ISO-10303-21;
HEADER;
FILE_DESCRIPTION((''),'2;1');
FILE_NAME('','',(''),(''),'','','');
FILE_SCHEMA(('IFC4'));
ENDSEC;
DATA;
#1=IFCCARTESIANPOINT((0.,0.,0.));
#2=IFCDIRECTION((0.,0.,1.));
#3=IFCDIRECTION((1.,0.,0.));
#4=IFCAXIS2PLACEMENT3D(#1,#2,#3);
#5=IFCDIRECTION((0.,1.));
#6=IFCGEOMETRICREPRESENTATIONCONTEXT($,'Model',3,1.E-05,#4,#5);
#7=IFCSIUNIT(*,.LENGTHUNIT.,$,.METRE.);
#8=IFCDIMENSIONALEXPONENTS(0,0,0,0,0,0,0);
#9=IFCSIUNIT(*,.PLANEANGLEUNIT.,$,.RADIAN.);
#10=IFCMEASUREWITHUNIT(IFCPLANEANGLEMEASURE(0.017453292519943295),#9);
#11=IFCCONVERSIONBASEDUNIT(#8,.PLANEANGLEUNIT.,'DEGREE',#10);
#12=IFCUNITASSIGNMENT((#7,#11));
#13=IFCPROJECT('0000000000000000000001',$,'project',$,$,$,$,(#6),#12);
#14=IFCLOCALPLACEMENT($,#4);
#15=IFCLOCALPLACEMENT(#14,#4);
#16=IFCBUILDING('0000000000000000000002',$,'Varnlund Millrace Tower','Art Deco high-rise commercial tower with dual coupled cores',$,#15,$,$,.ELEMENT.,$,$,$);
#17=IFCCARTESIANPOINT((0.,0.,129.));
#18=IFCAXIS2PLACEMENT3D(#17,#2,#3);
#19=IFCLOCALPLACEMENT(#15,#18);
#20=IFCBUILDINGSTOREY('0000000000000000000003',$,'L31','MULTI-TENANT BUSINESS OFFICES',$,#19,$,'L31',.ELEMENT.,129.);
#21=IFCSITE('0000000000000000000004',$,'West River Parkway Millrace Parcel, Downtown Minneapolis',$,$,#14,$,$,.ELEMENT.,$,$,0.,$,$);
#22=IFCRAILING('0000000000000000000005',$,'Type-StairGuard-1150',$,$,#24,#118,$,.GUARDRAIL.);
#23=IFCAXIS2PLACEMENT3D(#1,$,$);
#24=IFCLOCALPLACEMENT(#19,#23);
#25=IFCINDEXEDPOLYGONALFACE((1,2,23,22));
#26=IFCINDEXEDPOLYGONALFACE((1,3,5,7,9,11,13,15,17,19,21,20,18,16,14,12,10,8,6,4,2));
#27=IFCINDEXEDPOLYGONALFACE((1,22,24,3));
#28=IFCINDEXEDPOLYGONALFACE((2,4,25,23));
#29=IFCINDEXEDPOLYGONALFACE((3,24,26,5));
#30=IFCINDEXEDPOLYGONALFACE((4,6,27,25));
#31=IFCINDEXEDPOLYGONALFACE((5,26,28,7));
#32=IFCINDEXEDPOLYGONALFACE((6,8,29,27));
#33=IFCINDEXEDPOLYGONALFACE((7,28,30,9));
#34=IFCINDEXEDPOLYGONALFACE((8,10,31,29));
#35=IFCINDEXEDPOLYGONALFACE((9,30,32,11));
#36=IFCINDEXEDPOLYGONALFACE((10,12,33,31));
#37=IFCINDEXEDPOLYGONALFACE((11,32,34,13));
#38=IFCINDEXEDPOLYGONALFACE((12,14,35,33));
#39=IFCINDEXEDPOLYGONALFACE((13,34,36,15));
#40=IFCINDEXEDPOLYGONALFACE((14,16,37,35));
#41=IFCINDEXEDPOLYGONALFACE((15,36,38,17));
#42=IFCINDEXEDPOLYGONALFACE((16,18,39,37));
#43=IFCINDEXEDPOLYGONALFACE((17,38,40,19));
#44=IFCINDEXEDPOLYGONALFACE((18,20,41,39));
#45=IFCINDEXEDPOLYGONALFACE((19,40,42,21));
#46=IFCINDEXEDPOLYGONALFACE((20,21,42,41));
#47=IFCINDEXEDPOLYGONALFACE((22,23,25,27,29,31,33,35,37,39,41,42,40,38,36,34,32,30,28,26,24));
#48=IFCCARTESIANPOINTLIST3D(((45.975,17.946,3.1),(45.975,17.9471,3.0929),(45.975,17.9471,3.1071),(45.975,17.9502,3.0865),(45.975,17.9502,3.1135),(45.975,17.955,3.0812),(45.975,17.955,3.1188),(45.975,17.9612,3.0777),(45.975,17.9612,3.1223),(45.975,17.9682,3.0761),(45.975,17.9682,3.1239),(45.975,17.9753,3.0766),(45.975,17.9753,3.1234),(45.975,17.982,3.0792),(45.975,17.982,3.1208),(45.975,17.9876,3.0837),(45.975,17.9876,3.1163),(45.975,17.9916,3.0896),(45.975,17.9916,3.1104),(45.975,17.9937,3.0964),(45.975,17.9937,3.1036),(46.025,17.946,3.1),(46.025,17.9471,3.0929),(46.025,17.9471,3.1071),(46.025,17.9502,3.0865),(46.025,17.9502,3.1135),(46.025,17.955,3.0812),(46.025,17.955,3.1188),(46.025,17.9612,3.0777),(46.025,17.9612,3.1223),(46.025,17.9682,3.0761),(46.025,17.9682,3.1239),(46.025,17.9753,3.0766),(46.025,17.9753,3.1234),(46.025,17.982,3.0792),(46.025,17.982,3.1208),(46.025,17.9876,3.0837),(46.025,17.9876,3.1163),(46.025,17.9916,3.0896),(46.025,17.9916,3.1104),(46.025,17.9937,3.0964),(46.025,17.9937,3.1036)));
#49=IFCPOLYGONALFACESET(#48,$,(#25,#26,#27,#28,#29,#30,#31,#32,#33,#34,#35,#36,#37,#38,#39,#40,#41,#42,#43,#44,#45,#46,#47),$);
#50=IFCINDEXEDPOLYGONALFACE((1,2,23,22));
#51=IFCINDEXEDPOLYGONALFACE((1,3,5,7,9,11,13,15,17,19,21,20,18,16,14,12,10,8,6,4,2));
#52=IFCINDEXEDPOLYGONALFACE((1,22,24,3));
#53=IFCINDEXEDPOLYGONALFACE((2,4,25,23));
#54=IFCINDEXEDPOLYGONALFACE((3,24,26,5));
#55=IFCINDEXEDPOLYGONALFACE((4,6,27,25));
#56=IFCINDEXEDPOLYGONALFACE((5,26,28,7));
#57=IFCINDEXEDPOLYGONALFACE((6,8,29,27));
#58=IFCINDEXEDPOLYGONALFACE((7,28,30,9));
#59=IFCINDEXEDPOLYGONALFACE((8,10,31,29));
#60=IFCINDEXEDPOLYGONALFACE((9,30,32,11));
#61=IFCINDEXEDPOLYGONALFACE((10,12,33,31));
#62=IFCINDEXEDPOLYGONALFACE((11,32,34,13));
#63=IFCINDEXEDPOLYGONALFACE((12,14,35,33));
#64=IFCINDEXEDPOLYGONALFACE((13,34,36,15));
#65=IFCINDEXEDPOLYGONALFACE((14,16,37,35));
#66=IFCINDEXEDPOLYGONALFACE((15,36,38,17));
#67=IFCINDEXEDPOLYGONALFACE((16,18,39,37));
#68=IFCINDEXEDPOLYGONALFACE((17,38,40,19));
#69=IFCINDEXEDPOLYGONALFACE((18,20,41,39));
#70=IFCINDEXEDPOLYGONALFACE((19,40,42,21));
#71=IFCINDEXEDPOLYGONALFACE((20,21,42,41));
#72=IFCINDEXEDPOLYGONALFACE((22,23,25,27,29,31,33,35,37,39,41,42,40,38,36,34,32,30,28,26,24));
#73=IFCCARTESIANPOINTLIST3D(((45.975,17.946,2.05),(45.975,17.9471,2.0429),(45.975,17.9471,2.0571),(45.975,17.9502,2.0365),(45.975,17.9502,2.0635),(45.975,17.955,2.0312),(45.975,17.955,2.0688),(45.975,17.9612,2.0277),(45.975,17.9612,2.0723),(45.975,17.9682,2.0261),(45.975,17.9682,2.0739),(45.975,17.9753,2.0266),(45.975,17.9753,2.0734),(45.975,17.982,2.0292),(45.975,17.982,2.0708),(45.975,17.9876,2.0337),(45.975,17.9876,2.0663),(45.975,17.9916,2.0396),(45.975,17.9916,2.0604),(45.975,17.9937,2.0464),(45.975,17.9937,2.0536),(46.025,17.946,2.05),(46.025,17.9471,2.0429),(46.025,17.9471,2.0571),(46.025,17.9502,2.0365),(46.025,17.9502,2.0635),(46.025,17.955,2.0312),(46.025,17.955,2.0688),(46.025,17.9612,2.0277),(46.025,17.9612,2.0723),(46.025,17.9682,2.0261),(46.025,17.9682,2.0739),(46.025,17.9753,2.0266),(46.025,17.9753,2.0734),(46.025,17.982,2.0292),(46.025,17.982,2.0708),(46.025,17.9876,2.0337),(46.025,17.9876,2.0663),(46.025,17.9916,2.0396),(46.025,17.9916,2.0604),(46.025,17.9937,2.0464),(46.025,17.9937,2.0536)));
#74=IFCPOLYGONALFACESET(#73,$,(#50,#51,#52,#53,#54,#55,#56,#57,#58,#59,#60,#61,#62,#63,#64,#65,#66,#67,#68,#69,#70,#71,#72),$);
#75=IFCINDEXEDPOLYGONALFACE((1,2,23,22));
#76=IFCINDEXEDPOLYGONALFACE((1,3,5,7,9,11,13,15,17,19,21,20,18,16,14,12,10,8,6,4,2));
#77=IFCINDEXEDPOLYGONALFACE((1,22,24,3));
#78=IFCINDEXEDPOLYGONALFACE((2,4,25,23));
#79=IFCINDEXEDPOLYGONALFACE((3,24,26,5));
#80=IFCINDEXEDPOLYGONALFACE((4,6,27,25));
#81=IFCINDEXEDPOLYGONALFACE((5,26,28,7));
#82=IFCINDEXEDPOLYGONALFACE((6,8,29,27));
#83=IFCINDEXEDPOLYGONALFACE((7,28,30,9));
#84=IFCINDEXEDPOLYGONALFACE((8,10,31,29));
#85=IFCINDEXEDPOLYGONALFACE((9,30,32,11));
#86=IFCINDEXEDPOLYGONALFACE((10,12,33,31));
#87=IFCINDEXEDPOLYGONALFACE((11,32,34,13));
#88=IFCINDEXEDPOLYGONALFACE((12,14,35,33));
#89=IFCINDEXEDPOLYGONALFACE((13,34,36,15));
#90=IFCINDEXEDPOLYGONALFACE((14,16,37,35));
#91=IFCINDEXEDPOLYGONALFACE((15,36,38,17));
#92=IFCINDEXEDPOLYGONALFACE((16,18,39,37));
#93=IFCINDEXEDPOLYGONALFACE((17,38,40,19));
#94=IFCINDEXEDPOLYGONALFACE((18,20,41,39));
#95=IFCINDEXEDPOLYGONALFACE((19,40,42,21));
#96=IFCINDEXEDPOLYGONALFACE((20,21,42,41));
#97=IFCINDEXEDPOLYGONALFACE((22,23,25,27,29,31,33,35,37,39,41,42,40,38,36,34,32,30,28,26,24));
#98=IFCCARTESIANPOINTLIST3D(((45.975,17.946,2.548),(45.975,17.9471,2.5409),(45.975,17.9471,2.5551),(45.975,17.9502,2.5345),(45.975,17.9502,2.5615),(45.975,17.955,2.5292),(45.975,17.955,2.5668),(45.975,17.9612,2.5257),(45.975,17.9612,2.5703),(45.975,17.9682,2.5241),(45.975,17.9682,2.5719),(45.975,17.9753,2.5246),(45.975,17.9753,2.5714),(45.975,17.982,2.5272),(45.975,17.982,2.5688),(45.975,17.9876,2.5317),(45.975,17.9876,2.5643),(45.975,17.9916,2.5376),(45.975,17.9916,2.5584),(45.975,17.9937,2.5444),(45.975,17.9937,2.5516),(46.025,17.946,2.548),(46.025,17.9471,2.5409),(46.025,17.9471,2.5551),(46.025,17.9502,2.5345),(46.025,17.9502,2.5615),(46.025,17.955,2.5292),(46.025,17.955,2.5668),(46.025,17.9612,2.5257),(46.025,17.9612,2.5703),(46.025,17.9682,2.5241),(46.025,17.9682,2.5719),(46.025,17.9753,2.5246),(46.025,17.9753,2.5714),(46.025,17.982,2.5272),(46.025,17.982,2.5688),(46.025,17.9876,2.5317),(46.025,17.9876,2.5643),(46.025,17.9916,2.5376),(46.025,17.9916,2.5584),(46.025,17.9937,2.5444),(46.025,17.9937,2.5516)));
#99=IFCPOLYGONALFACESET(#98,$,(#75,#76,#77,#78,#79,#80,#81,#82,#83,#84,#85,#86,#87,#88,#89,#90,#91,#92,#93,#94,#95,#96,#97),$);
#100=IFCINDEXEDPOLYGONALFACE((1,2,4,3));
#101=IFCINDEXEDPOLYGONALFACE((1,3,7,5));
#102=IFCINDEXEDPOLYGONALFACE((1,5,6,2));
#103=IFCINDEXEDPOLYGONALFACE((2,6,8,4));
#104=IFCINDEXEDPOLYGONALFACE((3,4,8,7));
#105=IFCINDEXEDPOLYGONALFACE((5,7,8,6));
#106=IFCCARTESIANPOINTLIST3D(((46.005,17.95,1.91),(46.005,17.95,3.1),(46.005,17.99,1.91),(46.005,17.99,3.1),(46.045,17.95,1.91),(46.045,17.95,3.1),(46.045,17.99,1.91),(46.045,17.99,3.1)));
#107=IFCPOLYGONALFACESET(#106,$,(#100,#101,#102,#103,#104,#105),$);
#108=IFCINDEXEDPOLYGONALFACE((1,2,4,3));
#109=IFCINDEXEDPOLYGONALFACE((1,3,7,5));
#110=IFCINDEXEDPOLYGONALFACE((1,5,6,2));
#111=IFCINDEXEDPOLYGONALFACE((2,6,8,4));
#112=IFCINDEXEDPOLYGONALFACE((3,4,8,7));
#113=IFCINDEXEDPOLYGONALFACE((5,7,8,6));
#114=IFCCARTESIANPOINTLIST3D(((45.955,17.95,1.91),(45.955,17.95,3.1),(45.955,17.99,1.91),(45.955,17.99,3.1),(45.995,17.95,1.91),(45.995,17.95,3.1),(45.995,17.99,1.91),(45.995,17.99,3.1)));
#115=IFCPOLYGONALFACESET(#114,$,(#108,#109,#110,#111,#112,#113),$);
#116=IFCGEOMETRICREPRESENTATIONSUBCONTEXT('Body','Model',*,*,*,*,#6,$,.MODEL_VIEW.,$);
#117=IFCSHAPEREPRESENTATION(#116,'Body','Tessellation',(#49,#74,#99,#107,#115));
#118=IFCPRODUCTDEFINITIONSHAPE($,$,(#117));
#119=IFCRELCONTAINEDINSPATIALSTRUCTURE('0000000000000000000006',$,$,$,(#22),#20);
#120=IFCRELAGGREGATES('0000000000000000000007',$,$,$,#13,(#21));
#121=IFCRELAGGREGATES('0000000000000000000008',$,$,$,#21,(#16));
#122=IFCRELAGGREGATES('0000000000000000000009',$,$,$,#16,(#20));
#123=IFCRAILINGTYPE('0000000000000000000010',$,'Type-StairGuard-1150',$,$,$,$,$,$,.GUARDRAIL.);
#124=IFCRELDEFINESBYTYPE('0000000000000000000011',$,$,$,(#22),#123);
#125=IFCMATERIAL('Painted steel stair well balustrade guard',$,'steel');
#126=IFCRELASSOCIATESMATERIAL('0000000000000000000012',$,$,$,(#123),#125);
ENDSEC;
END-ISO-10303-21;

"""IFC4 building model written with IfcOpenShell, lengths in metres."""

from ifc_helpers import new_model, entity, si_unit, converted_unit, direction, frame, origin_with_axes, origin_2d_with_axis, place, context, subcontext, project, spatial, rectangle, circle, extrude, material, type_object, element, save


model = new_model("IFC4")

# Units and contexts
model_context = context("Model", 3, precision=1e-05, world=origin_with_axes(), true_north=direction((0.0, 1.0)))
body_context = subcontext(model_context, "Body", "Model", "MODEL_VIEW")
ifc_project = project(units=[si_unit("LENGTHUNIT", "METRE"), converted_unit("PLANEANGLEUNIT", "DEGREE", entity("IfcPlaneAngleMeasure", 0.017453292519943295), si_unit("PLANEANGLEUNIT", "RADIAN"), dimensions=[0, 0, 0, 0, 0, 0, 0])], contexts=[model_context])

# Site, building, storey
site_placement = place(None, origin_with_axes())
site = spatial("IfcSite", under=ifc_project, at=site_placement, Name="West River Parkway Millrace Parcel, Downtown Minneapolis", CompositionType="ELEMENT", RefElevation=0.0)
building_placement = place(site_placement, origin_with_axes())
building = spatial("IfcBuilding", under=site, at=building_placement, Name="Varnlund Millrace Tower", Description="Art Deco high-rise commercial tower with dual coupled cores", CompositionType="ELEMENT")
storey_placement = place(building_placement, frame((0.0, 0.0, 129.0), z_axis=(0.0, 0.0, 1.0), x_axis=(1.0, 0.0, 0.0)))
storey = spatial("IfcBuildingStorey", under=building, at=storey_placement, Name="L31", Description="MULTI-TENANT BUSINESS OFFICES", LongName="L31", CompositionType="ELEMENT", Elevation=129.0)

# Railing
ifc_material_1 = material(Name="Painted steel stair well balustrade guard", Category="steel")
railing_type_1 = type_object("IfcRailingType", Name="Type-StairGuard-1150", PredefinedType="GUARDRAIL", material=ifc_material_1)
railing_1_placement = place(storey_placement, frame((0.0, 0.0, -129.0), z_axis=(0.0, 0.0, 1.0), x_axis=(1.0, 0.0, 0.0)))
element("IfcRailing", 1, at=railing_1_placement, inside=storey, type_object=railing_type_1, Name="Type-StairGuard-1150", PredefinedType="GUARDRAIL", context=body_context, shape_type="SweptSolid", body=[
    extrude(circle(Radius=0.024, at=origin_2d_with_axis()), frame((46.025, 17.97, 132.1), z_axis=(-1.0, 0.0, 0.0), x_axis=(0.0, -1.0, 0.0)), (0.0, 0.0, 1.0), 0.05),
    extrude(circle(Radius=0.024, at=origin_2d_with_axis()), frame((46.025, 17.97, 131.05), z_axis=(-1.0, 0.0, 0.0), x_axis=(0.0, -1.0, 0.0)), (0.0, 0.0, 1.0), 0.05),
    extrude(circle(Radius=0.024, at=origin_2d_with_axis()), frame((46.025, 17.97, 131.548), z_axis=(-1.0, 0.0, 0.0), x_axis=(0.0, -1.0, 0.0)), (0.0, 0.0, 1.0), 0.05),
    extrude(rectangle(XDim=0.04, YDim=0.04, at=origin_2d_with_axis()), frame((46.025, 17.97, 130.91), z_axis=(0.0, 0.0, 1.0), x_axis=(1.0, 0.0, 0.0)), (0.0, 0.0, 1.0), 1.19),
    extrude(rectangle(XDim=0.04, YDim=0.04, at=origin_2d_with_axis()), frame((45.975, 17.97, 130.91), z_axis=(0.0, 0.0, 1.0), x_axis=(1.0, 0.0, 0.0)), (0.0, 0.0, 1.0), 1.19),
])

save(model, "model.ifc")
